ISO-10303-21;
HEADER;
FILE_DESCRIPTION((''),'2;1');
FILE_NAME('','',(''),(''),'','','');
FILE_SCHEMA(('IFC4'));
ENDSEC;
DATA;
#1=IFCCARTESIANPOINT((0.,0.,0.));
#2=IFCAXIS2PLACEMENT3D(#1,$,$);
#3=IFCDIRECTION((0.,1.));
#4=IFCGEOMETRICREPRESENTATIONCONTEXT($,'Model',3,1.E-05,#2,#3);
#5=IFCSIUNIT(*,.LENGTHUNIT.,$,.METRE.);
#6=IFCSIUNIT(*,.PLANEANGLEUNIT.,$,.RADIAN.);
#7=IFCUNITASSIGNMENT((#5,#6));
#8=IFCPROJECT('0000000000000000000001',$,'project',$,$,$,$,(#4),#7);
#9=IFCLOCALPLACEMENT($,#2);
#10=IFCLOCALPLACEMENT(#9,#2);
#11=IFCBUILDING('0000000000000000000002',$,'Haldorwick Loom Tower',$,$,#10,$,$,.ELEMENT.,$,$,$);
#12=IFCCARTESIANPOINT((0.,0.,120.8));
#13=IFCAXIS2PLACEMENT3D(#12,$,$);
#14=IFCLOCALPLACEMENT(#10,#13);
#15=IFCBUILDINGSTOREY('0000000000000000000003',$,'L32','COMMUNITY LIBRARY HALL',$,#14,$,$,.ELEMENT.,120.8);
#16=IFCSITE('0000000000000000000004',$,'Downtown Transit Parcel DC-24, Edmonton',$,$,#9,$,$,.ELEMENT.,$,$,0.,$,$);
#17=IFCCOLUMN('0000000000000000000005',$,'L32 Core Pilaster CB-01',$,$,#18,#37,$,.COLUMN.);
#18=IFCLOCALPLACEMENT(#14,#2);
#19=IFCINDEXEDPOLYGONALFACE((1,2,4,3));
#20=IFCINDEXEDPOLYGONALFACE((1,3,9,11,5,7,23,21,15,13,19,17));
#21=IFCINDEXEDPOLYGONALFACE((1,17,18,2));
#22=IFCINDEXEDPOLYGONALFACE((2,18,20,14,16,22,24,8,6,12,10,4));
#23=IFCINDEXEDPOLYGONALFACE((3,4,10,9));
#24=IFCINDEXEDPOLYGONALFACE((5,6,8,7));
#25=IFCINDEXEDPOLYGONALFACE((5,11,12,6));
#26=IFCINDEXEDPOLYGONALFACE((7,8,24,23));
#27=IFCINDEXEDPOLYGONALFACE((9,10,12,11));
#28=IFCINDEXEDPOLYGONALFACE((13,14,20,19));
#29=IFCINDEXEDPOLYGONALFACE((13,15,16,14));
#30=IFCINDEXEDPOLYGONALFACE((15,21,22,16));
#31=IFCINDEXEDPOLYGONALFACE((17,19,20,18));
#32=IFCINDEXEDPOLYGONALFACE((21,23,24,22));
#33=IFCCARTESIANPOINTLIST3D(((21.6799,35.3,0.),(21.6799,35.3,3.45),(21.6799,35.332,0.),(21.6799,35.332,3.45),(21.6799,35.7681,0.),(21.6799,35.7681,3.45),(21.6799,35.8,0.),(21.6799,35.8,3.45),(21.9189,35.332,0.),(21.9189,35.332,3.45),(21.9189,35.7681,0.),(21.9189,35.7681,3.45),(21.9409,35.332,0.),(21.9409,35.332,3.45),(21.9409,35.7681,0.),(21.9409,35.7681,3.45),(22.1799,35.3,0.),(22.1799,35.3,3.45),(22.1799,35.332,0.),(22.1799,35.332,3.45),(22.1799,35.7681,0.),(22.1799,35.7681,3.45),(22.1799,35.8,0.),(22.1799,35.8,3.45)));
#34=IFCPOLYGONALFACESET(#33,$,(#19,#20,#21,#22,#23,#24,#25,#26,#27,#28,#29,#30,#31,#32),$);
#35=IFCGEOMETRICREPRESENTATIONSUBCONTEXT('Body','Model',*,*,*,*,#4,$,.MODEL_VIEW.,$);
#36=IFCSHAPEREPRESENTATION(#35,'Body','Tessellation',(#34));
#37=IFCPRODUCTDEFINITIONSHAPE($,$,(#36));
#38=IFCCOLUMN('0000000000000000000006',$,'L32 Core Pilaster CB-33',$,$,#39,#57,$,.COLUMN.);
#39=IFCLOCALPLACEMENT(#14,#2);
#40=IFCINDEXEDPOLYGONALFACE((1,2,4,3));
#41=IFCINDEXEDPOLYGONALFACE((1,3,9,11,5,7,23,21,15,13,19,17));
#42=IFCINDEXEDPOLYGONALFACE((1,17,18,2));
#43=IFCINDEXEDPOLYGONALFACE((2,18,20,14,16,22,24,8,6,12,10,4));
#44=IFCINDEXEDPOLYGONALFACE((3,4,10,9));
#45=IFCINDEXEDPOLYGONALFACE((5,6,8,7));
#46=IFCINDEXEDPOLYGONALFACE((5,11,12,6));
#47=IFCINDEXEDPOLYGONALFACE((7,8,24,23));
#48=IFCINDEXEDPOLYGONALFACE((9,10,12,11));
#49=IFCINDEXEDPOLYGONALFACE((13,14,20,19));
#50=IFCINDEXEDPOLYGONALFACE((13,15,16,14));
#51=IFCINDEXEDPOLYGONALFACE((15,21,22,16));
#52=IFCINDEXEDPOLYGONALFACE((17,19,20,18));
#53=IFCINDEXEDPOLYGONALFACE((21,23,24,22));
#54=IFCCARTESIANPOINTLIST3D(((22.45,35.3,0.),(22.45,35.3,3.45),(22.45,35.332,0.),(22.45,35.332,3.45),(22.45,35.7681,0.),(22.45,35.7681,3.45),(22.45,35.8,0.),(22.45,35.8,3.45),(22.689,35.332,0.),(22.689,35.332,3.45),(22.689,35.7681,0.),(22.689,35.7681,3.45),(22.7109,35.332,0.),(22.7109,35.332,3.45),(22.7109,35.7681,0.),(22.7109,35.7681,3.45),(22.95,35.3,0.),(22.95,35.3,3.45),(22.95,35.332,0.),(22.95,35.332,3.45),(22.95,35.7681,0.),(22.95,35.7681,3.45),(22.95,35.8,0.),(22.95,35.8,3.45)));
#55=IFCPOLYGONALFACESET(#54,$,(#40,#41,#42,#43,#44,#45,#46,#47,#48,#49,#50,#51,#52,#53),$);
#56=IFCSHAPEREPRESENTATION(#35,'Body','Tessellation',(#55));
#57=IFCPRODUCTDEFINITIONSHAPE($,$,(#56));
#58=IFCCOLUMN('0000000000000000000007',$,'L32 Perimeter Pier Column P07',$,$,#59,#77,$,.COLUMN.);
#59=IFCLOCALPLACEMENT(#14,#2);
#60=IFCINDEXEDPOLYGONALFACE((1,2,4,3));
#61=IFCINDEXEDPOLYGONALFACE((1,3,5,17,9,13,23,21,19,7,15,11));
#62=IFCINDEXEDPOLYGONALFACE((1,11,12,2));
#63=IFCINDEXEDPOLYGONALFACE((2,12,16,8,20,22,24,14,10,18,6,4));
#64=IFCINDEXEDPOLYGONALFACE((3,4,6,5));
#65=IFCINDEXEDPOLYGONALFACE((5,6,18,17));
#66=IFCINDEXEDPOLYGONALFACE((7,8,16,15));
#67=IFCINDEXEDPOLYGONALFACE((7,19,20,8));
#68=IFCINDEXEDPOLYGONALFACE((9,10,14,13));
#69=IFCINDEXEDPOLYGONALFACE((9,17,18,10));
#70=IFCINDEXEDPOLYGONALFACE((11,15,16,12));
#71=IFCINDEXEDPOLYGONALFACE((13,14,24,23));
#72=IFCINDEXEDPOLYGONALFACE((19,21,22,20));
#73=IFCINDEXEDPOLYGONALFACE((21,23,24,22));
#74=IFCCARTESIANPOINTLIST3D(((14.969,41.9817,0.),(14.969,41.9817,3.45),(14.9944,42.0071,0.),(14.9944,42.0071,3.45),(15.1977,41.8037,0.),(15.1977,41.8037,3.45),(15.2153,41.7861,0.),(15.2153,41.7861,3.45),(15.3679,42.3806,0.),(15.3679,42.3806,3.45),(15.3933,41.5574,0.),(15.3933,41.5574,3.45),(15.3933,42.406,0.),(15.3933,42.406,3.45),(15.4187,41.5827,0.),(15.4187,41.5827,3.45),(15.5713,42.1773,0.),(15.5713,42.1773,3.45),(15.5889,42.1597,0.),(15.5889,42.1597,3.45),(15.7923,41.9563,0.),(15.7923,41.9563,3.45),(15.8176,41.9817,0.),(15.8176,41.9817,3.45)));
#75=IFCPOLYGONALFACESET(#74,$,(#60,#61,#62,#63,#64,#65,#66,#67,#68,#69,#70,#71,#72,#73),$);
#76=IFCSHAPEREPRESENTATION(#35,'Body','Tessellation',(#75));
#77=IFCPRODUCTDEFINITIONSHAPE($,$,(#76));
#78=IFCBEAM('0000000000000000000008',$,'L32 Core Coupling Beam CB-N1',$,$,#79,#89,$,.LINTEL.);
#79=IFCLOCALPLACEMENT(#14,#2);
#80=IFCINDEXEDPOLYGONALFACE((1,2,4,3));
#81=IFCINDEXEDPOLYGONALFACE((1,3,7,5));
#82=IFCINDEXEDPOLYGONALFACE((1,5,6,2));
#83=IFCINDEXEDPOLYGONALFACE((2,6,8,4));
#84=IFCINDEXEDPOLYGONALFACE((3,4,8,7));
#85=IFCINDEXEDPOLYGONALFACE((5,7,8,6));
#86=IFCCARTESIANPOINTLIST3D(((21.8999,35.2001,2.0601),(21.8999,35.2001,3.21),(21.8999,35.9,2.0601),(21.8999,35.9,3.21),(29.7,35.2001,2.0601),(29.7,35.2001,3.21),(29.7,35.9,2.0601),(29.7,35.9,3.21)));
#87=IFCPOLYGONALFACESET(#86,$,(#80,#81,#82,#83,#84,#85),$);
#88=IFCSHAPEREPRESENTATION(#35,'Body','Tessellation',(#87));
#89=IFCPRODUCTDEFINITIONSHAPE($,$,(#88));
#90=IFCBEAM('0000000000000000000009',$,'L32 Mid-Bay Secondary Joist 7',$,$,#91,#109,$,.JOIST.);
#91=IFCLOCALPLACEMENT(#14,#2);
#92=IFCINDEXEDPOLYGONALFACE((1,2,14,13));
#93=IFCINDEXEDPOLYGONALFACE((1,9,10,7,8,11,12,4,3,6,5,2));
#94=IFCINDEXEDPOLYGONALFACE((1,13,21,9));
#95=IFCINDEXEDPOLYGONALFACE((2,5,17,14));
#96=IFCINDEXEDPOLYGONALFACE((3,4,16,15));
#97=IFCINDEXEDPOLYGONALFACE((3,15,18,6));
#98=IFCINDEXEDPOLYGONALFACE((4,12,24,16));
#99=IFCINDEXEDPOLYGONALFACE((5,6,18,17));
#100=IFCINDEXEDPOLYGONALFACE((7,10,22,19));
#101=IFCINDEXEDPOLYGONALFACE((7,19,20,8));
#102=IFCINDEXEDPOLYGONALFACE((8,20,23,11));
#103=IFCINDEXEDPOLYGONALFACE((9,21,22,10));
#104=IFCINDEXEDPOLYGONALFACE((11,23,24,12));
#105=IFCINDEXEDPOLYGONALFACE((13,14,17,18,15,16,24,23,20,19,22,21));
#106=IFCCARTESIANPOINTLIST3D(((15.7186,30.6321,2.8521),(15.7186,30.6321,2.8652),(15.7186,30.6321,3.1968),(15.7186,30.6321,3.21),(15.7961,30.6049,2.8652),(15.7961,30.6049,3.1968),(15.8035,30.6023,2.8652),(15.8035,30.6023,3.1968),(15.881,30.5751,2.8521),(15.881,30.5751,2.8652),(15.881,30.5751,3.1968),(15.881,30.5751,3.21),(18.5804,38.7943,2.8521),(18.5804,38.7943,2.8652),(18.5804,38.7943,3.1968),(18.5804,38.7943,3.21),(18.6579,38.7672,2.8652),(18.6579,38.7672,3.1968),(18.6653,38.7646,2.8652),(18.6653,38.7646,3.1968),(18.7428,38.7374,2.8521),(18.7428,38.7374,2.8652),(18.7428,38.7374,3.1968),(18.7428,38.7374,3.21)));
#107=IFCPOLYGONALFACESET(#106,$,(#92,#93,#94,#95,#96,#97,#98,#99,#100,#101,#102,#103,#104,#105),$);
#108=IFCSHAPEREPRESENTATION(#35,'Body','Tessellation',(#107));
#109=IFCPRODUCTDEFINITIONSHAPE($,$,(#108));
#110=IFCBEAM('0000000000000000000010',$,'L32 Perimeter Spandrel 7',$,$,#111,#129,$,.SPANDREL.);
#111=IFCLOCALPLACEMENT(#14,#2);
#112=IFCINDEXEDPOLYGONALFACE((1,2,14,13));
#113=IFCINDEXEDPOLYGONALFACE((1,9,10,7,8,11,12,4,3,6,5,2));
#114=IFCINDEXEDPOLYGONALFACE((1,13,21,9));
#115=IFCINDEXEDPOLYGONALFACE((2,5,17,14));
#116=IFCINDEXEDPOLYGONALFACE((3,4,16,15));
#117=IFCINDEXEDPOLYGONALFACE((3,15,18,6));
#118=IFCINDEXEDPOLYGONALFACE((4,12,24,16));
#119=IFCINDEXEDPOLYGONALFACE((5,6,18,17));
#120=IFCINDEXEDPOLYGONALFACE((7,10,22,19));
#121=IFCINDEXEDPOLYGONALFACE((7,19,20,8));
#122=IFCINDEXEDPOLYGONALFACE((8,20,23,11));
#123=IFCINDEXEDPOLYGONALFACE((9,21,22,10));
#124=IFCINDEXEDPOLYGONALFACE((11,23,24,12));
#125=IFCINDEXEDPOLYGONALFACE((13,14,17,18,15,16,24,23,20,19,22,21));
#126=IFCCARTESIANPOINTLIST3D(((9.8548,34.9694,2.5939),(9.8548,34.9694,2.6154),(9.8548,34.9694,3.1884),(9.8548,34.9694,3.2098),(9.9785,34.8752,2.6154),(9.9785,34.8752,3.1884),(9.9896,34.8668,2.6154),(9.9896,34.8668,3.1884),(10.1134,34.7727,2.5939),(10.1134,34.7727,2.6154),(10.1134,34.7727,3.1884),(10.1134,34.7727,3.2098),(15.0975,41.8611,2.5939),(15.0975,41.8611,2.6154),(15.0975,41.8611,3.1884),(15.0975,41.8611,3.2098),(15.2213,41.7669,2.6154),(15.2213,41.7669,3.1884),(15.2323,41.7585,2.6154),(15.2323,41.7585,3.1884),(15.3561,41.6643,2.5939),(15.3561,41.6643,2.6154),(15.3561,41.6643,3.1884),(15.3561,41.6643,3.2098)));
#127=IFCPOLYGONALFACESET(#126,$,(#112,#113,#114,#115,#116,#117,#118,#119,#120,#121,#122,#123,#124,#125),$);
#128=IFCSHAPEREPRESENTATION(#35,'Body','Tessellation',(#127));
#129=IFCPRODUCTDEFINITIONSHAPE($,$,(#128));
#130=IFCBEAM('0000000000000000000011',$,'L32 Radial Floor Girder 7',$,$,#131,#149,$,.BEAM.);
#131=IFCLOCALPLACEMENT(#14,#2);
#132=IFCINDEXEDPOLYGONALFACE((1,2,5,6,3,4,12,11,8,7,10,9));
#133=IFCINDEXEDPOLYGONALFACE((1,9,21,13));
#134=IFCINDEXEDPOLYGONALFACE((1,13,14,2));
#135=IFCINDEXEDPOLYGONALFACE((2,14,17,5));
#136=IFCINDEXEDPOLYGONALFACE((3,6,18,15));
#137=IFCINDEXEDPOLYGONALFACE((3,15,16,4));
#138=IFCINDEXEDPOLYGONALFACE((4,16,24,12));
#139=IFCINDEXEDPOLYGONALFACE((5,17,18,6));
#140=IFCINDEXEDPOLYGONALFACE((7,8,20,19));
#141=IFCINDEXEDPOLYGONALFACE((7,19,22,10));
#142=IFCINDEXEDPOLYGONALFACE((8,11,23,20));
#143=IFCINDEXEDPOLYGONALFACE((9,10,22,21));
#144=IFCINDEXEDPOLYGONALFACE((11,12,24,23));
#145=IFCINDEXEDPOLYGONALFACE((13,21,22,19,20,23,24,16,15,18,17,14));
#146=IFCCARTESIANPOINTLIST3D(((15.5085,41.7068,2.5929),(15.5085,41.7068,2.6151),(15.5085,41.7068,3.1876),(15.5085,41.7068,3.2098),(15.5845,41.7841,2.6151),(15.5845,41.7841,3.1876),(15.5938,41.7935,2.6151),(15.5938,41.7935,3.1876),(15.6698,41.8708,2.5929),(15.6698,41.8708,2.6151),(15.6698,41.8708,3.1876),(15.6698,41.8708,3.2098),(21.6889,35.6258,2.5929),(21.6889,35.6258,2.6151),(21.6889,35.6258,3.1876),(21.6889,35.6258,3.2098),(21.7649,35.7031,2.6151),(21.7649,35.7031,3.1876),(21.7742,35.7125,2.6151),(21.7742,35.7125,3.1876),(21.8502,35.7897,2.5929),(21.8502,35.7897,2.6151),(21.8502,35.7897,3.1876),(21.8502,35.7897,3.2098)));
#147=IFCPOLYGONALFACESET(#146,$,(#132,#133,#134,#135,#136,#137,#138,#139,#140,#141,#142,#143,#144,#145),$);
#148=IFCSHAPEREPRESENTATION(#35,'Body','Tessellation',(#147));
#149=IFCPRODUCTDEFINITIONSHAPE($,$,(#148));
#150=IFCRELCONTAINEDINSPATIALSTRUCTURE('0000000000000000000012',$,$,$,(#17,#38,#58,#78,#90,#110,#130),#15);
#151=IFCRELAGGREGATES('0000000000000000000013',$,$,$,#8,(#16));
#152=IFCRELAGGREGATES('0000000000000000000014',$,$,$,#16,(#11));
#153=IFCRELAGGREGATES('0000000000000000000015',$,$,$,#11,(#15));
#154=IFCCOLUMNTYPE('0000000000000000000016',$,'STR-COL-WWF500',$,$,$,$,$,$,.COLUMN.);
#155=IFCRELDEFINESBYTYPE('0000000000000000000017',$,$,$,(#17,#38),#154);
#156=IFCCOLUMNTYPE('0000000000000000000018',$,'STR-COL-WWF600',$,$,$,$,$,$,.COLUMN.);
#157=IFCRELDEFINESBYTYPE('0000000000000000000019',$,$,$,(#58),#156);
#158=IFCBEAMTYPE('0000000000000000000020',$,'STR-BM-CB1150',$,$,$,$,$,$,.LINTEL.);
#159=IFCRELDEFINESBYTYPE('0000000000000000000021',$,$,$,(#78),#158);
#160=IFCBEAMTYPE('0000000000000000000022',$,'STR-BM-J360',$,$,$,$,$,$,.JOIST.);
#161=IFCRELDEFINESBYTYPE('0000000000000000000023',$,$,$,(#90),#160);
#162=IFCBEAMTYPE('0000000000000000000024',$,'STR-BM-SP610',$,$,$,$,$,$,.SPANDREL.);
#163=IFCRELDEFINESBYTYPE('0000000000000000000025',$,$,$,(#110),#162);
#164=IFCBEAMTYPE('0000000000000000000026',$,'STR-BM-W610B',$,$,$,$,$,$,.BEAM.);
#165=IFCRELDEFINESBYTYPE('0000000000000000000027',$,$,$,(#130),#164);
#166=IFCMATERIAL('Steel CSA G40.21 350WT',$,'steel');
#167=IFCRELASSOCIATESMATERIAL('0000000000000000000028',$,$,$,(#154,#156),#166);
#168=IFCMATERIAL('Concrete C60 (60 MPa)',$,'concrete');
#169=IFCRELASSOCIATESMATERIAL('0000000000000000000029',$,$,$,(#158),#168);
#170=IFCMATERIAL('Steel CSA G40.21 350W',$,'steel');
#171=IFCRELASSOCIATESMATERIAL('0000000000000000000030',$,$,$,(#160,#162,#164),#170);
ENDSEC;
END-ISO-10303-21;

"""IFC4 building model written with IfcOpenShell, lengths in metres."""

from ifc_helpers import new_model, si_unit, direction, frame, origin, origin_2d, place, context, subcontext, project, spatial, rectangle, i_section, extrude, material, material_profile, profile_set, type_object, element, save


model = new_model("IFC4")

# Units and contexts
model_context = context("Model", 3, precision=1e-05, world=origin(), true_north=direction((0.0, 1.0)))
body_context = subcontext(model_context, "Body", "Model", "MODEL_VIEW")
ifc_project = project(units=[si_unit("LENGTHUNIT", "METRE"), si_unit("PLANEANGLEUNIT", "RADIAN")], contexts=[model_context])

# Site, building, storey
site_placement = place(None, origin())
site = spatial("IfcSite", under=ifc_project, at=site_placement, Name="Downtown Transit Parcel DC-24, Edmonton", CompositionType="ELEMENT", RefElevation=0.0)
building_placement = place(site_placement, origin())
building = spatial("IfcBuilding", under=site, at=building_placement, Name="Haldorwick Loom Tower", CompositionType="ELEMENT")
storey_placement = place(building_placement, frame((0.0, 0.0, 120.8)))
storey = spatial("IfcBuildingStorey", under=building, at=storey_placement, Name="L32", Description="COMMUNITY LIBRARY HALL", CompositionType="ELEMENT", Elevation=120.8)

# Columns
ifc_material_1 = material(Name="Steel CSA G40.21 350WT", Category="steel")
ifc_material_profile_1 = material_profile(ifc_material_1, i_section(OverallWidth=0.5, OverallDepth=0.5, WebThickness=0.022, FlangeThickness=0.032, at=origin_2d()), Name="WWF500X500", Category="steel")
ifc_profile_set_1 = profile_set([ifc_material_profile_1], Name="Steel CSA G40.21 350WT")
column_type_1 = type_object("IfcColumnType", Name="STR-COL-WWF500", PredefinedType="COLUMN", material=ifc_profile_set_1)
for number, where, z_axis, x_axis, name in (
    (1, (21.9299, 35.55, 0.0), (0.0, 0.0, 1.0), (1.0, 0.0, 0.0), "L32 Core Pilaster CB-01"),
    (2, (22.7, 35.55, 0.0), (0.0, 0.0, 1.0), (1.0, 0.0, 0.0), "L32 Core Pilaster CB-33"),
):
    element("IfcColumn", number, at=place(storey_placement, frame(where, z_axis=z_axis, x_axis=x_axis)), inside=storey, type_object=column_type_1, Name=name, PredefinedType="COLUMN", context=body_context, shape_type="SweptSolid", body=[
        extrude(i_section(OverallWidth=0.5, OverallDepth=0.5, WebThickness=0.022, FlangeThickness=0.032, at=origin_2d()), origin(), (0.0, 0.0, 1.0), 3.45),
    ])
ifc_material_profile_2 = material_profile(ifc_material_1, i_section(OverallWidth=0.6001, OverallDepth=0.6001, WebThickness=0.0249, FlangeThickness=0.0359, at=origin_2d()), Name="WWF600X600", Category="steel")
ifc_profile_set_2 = profile_set([ifc_material_profile_2], Name="Steel CSA G40.21 350WT")
column_type_2 = type_object("IfcColumnType", Name="STR-COL-WWF600", PredefinedType="COLUMN", material=ifc_profile_set_2)
column_placement = place(storey_placement, frame((15.3933, 41.9817, 0.0), z_axis=(0.0, 0.0, 1.0), x_axis=(-0.707107, 0.707107, 0.0)))
element("IfcColumn", 3, at=column_placement, inside=storey, type_object=column_type_2, Name="L32 Perimeter Pier Column P07", PredefinedType="COLUMN", context=body_context, shape_type="SweptSolid", body=[
    extrude(i_section(OverallWidth=0.6001, OverallDepth=0.6001, WebThickness=0.0249, FlangeThickness=0.0359, at=origin_2d()), origin(), (0.0, 0.0, 1.0), 3.45),
])

# Beams
ifc_material_2 = material(Name="Concrete C60 (60 MPa)", Category="concrete")
ifc_material_profile_3 = material_profile(ifc_material_2, rectangle(XDim=0.7, YDim=1.1499, at=origin_2d()), Name="RC700X1150", Category="concrete")
ifc_profile_set_3 = profile_set([ifc_material_profile_3], Name="Concrete C60 (60 MPa)")
beam_type_1 = type_object("IfcBeamType", Name="STR-BM-CB1150", PredefinedType="LINTEL", material=ifc_profile_set_3)
beam_1_placement = place(storey_placement, frame((21.8999, 35.55, 2.635), z_axis=(1.0, 0.0, 0.0), x_axis=(0.0, 1.0, 0.0)))
element("IfcBeam", 4, at=beam_1_placement, inside=storey, type_object=beam_type_1, Name="L32 Core Coupling Beam CB-N1", PredefinedType="LINTEL", context=body_context, shape_type="SweptSolid", body=[
    extrude(rectangle(XDim=0.7, YDim=1.1499, at=origin_2d()), origin(), (0.0, 0.0, 1.0), 7.8),
])
ifc_material_3 = material(Name="Steel CSA G40.21 350W", Category="steel")
ifc_material_profile_4 = material_profile(ifc_material_3, i_section(OverallWidth=0.1721, OverallDepth=0.3579, WebThickness=0.0078, FlangeThickness=0.0132, at=origin_2d()), Name="W360X57", Category="steel")
ifc_profile_set_4 = profile_set([ifc_material_profile_4], Name="Steel CSA G40.21 350W")
beam_type_2 = type_object("IfcBeamType", Name="STR-BM-J360", PredefinedType="JOIST", material=ifc_profile_set_4)
beam_2_placement = place(storey_placement, frame((18.6616, 38.7659, 3.031), z_axis=(-0.330865, -0.943678, 0.0), x_axis=(0.943678, -0.330865, 0.0)))
element("IfcBeam", 5, at=beam_2_placement, inside=storey, type_object=beam_type_2, Name="L32 Mid-Bay Secondary Joist 7", PredefinedType="JOIST", context=body_context, shape_type="SweptSolid", body=[
    extrude(i_section(OverallWidth=0.1721, OverallDepth=0.3579, WebThickness=0.0078, FlangeThickness=0.0132, at=origin_2d()), origin(), (0.0, 0.0, 1.0), 8.6494),
])
ifc_material_profile_5 = material_profile(ifc_material_3, i_section(OverallWidth=0.325, OverallDepth=0.616, WebThickness=0.0139, FlangeThickness=0.0215, at=origin_2d()), Name="W610X174", Category="steel")
ifc_profile_set_5 = profile_set([ifc_material_profile_5], Name="Steel CSA G40.21 350W")
beam_type_3 = type_object("IfcBeamType", Name="STR-BM-SP610", PredefinedType="SPANDREL", material=ifc_profile_set_5)
beam_3_placement = place(storey_placement, frame((15.2268, 41.7627, 2.9019), z_axis=(-0.605454, -0.795881, 0.0), x_axis=(0.795881, -0.605454, 0.0)))
element("IfcBeam", 6, at=beam_3_placement, inside=storey, type_object=beam_type_3, Name="L32 Perimeter Spandrel 7", PredefinedType="SPANDREL", context=body_context, shape_type="SweptSolid", body=[
    extrude(i_section(OverallWidth=0.325, OverallDepth=0.616, WebThickness=0.0139, FlangeThickness=0.0215, at=origin_2d()), origin(), (0.0, 0.0, 1.0), 8.6592),
])
ifc_material_profile_6 = material_profile(ifc_material_3, i_section(OverallWidth=0.23, OverallDepth=0.6169, WebThickness=0.0132, FlangeThickness=0.0222, at=origin_2d()), Name="W610X140", Category="steel")
ifc_profile_set_6 = profile_set([ifc_material_profile_6], Name="Steel CSA G40.21 350W")
beam_type_4 = type_object("IfcBeamType", Name="STR-BM-W610B", PredefinedType="BEAM", material=ifc_profile_set_6)
beam_4_placement = place(storey_placement, frame((21.7695, 35.7078, 2.9014), z_axis=(-0.712814, 0.701353, 0.0), x_axis=(-0.701353, -0.712814, 0.0)))
element("IfcBeam", 7, at=beam_4_placement, inside=storey, type_object=beam_type_4, Name="L32 Radial Floor Girder 7", PredefinedType="BEAM", context=body_context, shape_type="SweptSolid", body=[
    extrude(i_section(OverallWidth=0.23, OverallDepth=0.6169, WebThickness=0.0132, FlangeThickness=0.0222, at=origin_2d()), origin(), (0.0, 0.0, 1.0), 8.6704),
])

save(model, "model.ifc")
